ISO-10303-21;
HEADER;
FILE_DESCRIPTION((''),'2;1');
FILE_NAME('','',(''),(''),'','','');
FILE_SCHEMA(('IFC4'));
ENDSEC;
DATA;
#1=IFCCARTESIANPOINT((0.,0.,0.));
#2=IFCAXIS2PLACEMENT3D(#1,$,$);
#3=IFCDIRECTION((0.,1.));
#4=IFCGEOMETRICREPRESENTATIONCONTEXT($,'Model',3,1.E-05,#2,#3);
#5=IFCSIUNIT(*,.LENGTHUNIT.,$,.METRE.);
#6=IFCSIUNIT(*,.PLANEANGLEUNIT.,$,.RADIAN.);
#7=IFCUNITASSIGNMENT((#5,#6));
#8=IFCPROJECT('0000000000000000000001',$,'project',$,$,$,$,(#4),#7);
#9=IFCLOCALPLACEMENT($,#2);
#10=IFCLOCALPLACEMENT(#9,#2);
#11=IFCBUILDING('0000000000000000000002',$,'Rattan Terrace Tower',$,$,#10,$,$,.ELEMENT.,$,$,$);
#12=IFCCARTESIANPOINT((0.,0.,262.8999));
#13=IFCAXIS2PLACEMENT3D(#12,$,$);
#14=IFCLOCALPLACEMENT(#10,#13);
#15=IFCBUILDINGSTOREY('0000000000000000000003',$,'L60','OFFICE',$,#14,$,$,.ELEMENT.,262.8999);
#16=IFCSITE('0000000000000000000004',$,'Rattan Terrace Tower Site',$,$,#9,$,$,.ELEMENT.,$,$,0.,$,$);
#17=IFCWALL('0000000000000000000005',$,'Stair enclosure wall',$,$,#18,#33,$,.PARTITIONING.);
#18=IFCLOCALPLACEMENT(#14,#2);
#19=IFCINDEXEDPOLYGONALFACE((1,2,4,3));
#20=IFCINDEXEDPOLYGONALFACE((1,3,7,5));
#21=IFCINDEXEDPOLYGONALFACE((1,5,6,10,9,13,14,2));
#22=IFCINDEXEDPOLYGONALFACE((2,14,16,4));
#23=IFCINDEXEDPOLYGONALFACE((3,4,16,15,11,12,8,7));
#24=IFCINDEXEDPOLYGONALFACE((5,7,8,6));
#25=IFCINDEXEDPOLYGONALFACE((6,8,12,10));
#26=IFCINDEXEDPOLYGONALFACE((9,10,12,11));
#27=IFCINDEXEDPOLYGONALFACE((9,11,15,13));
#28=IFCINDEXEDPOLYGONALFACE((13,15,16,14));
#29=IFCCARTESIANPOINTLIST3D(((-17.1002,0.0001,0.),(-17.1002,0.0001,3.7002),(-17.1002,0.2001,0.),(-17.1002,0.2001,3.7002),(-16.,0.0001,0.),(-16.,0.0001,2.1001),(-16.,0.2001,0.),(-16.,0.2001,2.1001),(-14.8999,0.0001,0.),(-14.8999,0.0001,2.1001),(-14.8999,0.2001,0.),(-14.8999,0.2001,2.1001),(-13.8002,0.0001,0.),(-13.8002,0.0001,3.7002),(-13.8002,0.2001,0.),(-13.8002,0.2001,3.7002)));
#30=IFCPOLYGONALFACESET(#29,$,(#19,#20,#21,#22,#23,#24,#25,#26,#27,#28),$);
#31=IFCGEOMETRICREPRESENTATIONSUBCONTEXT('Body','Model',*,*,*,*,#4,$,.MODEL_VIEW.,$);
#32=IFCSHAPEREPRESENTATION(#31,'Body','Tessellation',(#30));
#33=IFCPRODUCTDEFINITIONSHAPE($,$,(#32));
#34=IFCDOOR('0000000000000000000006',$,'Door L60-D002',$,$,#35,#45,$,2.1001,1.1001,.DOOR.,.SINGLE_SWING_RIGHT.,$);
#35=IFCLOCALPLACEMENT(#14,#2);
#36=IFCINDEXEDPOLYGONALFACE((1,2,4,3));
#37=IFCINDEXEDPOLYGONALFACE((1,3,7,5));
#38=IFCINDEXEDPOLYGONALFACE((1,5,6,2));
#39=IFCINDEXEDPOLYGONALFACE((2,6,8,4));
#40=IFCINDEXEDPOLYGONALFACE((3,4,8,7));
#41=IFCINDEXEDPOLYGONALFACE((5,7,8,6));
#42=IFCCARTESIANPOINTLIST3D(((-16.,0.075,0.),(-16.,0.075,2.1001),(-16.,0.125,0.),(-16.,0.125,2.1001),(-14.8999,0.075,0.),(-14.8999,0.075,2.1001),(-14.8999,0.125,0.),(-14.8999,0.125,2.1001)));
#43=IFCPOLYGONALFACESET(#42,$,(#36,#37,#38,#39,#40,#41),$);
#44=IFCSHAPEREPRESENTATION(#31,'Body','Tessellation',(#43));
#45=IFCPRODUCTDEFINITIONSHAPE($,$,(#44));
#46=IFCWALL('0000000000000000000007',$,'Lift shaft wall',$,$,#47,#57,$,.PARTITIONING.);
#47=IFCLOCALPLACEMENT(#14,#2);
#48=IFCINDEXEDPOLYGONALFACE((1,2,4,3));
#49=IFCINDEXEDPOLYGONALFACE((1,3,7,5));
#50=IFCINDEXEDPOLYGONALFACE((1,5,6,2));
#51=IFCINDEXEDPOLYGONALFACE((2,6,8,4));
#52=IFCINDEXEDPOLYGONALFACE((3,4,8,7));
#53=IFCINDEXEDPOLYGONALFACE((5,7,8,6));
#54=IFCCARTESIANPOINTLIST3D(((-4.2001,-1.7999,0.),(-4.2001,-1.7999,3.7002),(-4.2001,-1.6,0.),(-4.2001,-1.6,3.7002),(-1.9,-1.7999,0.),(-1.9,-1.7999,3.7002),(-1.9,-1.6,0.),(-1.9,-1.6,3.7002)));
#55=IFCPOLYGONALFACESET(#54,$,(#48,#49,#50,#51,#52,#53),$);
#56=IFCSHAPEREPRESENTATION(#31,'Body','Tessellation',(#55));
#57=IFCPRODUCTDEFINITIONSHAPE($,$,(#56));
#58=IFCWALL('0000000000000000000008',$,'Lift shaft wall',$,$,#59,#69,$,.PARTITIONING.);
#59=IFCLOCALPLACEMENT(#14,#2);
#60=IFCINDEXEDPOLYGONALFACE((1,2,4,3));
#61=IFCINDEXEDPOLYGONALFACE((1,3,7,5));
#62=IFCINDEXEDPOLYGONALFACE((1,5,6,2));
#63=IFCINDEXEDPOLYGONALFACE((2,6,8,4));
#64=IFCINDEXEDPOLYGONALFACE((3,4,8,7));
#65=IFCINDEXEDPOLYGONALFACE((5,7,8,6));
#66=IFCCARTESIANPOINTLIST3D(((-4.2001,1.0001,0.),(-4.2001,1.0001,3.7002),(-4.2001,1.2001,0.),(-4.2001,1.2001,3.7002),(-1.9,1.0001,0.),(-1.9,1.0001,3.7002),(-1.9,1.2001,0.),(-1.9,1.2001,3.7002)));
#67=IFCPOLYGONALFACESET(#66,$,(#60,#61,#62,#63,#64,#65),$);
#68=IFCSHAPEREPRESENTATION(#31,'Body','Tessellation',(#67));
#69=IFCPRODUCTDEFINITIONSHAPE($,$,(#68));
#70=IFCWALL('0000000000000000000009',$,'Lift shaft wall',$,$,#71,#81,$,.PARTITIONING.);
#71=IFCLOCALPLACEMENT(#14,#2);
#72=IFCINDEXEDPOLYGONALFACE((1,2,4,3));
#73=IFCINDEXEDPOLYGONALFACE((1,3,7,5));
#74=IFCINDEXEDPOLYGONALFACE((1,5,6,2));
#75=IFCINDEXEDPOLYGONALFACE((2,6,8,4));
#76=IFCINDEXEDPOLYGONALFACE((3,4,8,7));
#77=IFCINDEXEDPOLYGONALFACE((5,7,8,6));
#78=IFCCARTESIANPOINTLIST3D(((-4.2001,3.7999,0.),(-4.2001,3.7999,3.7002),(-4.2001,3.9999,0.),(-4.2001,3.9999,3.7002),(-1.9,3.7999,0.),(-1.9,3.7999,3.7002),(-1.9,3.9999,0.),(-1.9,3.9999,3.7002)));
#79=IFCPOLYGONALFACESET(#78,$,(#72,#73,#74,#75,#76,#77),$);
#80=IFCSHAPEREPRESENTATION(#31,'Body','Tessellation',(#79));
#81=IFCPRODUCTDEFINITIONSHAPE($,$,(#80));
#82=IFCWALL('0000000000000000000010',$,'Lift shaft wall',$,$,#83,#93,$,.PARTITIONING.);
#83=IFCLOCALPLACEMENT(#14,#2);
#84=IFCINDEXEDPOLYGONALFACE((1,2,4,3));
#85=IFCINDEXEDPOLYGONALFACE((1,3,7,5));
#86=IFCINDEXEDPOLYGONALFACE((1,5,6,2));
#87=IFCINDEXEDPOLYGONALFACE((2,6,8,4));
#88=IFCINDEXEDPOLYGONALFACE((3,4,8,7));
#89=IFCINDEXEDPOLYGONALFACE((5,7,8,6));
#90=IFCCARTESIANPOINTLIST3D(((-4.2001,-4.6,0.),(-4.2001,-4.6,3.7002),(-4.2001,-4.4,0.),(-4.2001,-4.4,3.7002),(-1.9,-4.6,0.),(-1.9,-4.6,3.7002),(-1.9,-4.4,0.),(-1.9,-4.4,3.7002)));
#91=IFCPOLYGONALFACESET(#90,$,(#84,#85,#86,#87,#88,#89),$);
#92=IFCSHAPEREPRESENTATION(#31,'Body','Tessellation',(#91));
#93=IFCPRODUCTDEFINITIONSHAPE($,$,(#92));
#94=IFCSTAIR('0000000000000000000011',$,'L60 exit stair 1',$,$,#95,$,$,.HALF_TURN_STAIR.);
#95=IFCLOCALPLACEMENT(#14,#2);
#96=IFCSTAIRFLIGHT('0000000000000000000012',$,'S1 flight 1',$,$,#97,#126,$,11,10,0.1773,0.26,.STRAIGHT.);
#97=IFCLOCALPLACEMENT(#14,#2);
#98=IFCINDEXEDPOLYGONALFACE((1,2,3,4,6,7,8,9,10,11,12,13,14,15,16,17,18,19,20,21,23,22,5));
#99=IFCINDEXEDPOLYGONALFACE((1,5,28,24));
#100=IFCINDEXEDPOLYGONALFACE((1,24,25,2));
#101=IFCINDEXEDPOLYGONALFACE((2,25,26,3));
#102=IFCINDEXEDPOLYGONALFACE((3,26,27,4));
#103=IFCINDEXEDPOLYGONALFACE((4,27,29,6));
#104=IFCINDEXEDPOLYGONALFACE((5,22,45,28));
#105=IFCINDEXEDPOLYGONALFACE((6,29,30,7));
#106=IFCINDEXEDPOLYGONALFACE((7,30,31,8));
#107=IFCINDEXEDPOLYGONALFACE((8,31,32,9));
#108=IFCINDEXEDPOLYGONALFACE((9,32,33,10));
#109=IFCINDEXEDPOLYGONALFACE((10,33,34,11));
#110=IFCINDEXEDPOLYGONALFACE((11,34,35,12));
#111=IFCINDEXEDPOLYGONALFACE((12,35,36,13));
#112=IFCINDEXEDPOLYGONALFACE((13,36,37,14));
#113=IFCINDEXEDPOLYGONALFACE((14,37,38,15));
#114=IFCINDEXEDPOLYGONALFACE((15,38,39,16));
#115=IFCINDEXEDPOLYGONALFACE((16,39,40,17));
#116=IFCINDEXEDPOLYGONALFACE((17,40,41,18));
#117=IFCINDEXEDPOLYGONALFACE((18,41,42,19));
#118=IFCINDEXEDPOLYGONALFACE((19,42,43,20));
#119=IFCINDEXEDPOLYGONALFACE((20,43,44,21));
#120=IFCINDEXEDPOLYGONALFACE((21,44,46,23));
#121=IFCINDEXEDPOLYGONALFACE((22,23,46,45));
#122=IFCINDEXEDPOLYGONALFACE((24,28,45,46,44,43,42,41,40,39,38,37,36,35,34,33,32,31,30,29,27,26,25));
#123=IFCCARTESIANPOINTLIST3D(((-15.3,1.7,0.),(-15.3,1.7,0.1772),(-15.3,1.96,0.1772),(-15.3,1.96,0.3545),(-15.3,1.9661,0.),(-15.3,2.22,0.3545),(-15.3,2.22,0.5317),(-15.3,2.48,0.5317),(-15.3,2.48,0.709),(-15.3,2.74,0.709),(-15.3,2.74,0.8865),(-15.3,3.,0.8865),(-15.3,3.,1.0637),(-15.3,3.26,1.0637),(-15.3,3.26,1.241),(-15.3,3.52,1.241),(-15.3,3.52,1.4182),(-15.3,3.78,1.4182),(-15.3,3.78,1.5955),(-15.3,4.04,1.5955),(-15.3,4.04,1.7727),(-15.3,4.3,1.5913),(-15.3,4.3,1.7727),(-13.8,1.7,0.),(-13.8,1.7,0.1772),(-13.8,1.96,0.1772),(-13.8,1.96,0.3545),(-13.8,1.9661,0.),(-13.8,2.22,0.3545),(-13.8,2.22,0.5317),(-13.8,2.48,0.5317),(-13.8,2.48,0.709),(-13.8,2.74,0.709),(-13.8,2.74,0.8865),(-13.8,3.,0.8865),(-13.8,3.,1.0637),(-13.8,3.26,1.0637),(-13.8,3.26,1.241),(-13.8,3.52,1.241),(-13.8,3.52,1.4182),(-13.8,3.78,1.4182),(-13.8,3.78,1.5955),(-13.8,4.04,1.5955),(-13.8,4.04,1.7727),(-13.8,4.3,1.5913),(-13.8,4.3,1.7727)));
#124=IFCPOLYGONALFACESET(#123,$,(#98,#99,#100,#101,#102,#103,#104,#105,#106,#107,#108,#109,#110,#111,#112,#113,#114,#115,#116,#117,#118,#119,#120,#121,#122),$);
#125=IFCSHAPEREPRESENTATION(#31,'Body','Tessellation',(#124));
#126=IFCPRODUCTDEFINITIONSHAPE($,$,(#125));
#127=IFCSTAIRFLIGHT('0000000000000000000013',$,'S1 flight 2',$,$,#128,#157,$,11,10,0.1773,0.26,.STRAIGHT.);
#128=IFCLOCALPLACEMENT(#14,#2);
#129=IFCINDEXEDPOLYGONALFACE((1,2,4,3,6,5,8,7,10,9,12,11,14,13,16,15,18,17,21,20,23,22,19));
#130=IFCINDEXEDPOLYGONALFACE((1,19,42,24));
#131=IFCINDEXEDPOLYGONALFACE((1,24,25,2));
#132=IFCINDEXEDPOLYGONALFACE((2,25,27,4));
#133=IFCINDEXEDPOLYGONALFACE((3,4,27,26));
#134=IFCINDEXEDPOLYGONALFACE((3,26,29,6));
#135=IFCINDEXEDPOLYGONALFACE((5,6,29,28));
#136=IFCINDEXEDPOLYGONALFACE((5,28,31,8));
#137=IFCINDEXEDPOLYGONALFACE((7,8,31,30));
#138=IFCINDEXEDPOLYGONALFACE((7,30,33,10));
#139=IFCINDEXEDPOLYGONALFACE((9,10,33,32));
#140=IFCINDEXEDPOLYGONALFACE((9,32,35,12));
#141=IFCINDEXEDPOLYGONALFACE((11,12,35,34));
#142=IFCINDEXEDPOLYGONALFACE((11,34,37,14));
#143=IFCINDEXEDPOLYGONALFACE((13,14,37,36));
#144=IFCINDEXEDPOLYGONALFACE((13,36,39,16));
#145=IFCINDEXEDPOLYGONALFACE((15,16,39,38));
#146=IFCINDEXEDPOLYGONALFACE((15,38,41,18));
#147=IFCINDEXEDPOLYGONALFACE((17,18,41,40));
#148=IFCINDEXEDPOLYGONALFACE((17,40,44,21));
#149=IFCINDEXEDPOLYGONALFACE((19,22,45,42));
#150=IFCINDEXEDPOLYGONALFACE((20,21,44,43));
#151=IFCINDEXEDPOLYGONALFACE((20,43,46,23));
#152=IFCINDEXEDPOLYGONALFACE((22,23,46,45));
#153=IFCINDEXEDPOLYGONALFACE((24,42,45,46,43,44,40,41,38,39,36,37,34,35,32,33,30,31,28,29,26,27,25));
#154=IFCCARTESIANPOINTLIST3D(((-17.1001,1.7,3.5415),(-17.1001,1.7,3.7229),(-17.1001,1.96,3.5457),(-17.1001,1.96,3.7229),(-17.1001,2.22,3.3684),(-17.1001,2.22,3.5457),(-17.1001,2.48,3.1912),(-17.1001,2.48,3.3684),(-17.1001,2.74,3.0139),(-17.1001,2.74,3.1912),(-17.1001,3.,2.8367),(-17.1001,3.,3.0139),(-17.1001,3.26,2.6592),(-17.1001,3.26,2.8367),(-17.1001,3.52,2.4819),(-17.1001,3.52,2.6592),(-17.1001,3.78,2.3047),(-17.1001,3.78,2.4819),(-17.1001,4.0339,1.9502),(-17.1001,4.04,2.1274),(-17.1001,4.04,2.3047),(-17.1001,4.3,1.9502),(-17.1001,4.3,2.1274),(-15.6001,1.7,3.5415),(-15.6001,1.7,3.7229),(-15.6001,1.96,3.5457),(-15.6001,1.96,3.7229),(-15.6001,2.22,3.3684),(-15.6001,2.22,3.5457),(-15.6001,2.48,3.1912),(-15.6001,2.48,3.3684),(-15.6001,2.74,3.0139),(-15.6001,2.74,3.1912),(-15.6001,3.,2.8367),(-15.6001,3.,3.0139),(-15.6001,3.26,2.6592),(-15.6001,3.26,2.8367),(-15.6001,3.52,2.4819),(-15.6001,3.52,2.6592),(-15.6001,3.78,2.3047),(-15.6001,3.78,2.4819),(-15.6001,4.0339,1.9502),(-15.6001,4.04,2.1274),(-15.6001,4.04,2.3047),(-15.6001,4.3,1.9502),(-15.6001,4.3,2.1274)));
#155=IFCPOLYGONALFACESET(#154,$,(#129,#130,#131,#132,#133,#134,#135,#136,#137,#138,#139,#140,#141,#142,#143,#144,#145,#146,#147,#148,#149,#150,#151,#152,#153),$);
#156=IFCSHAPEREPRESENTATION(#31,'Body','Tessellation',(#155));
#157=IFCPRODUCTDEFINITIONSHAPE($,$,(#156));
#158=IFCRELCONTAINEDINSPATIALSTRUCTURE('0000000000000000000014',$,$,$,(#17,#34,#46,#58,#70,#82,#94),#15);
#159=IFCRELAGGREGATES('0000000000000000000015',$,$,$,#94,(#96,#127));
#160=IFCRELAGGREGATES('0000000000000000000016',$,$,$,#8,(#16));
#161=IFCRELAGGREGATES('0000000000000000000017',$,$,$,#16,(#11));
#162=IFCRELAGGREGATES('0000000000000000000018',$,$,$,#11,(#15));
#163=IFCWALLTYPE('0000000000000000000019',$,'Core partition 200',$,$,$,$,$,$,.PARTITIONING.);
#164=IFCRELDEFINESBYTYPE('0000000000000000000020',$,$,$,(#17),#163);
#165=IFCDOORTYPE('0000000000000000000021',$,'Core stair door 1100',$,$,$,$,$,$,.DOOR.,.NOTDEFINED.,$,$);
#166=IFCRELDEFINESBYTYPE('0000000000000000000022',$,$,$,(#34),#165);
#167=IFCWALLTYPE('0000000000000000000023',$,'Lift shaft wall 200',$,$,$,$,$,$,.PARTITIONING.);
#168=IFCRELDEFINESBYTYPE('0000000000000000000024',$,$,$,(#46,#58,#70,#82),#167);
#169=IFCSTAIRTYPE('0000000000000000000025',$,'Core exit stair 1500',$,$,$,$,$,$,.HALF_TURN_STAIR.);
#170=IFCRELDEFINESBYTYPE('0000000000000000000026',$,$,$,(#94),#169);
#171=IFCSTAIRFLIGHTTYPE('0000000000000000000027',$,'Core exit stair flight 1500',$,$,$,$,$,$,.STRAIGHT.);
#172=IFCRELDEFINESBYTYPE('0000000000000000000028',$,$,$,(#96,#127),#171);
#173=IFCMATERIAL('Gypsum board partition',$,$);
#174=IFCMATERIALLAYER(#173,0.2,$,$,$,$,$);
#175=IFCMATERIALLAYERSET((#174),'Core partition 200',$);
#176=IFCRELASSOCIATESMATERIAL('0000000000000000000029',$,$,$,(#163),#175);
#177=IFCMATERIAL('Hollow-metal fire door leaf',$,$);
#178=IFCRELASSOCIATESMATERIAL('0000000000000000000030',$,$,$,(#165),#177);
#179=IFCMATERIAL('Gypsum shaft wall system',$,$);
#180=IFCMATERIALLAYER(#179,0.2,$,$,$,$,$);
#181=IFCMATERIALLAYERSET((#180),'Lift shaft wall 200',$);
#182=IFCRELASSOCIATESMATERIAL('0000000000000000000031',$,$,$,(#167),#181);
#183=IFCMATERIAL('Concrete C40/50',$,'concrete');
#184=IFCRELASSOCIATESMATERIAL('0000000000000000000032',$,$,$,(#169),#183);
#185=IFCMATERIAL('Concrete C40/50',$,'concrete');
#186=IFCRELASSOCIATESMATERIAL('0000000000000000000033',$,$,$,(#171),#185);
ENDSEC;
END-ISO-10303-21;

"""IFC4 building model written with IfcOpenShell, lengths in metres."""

from ifc_helpers import new_model, si_unit, direction, frame, frame_2d, origin, place, context, subcontext, project, spatial, polyline, rectangle, outline, extrude, material, layer, layer_set, type_object, element, fill, aggregate, save


model = new_model("IFC4")

# Units and contexts
model_context = context("Model", 3, precision=1e-05, world=origin(), true_north=direction((0.0, 1.0)))
body_context = subcontext(model_context, "Body", "Model", "MODEL_VIEW")
ifc_project = project(units=[si_unit("LENGTHUNIT", "METRE"), si_unit("PLANEANGLEUNIT", "RADIAN")], contexts=[model_context])

# Site, building, storey
site_placement = place(None, origin())
site = spatial("IfcSite", under=ifc_project, at=site_placement, Name="Rattan Terrace Tower Site", CompositionType="ELEMENT", RefElevation=0.0)
building_placement = place(site_placement, origin())
building = spatial("IfcBuilding", under=site, at=building_placement, Name="Rattan Terrace Tower", CompositionType="ELEMENT")
storey_placement = place(building_placement, frame((0.0, 0.0, 262.8999)))
storey = spatial("IfcBuildingStorey", under=building, at=storey_placement, Name="L60", Description="OFFICE", CompositionType="ELEMENT", Elevation=262.8999)

# Wall, opening, door
ifc_material_1 = material(Name="Gypsum board partition")
ifc_layer_1 = layer(ifc_material_1, 0.2)
ifc_layer_set_1 = layer_set([ifc_layer_1], Name="Core partition 200")
wall_type_1 = type_object("IfcWallType", Name="Core partition 200", PredefinedType="PARTITIONING", material=ifc_layer_set_1)
wall_placement = place(storey_placement, frame((-17.1001, 0.1001, 0.0), z_axis=(0.0, 0.0, 1.0), x_axis=(1.0, 0.0, 0.0)))
wall = element("IfcWall", 1, at=wall_placement, inside=storey, type_object=wall_type_1, Name="Stair enclosure wall", PredefinedType="PARTITIONING", context=body_context, shape_type="SweptSolid", body=[
    extrude(rectangle(XDim=3.3, YDim=0.2, at=frame_2d((1.6499, 0.0))), origin(), (0.0, 0.0, 1.0), 3.7002),
])
opening_placement = place(wall_placement, frame((1.1001, 0.0, 0.0)))
opening = element("IfcOpeningElement", 2, at=opening_placement, cuts=wall, PredefinedType="OPENING", context=body_context, shape_type="SweptSolid", body=[
    extrude(rectangle(XDim=1.1001, YDim=2.1001, at=frame_2d((0.55, 1.05))), frame((0.0, 0.1106, 0.0), z_axis=(0.0, -1.0, 0.0), x_axis=(1.0, 0.0, 0.0)), (0.0, 0.0, 1.0), 0.2209),
])
ifc_material_2 = material(Name="Hollow-metal fire door leaf")
door_type = type_object("IfcDoorType", Name="Core stair door 1100", OperationType="NOTDEFINED", PredefinedType="DOOR", material=ifc_material_2)
door_placement = place(opening_placement, origin())
door = element("IfcDoor", 3, at=door_placement, inside=storey, type_object=door_type, Name="Door L60-D002", OperationType="SINGLE_SWING_RIGHT", OverallHeight=2.1001, OverallWidth=1.1001, PredefinedType="DOOR", context=body_context, shape_type="SweptSolid", body=[
    extrude(rectangle(XDim=1.1001, YDim=2.1001, at=frame_2d((0.55, 1.05))), frame((0.0, 0.0249, 0.0), z_axis=(0.0, -1.0, 0.0), x_axis=(1.0, 0.0, 0.0)), (0.0, 0.0, 1.0), 0.05),
])
fill(opening, door)

# Walls
ifc_material_3 = material(Name="Gypsum shaft wall system")
ifc_layer_2 = layer(ifc_material_3, 0.2)
ifc_layer_set_2 = layer_set([ifc_layer_2], Name="Lift shaft wall 200")
wall_type_2 = type_object("IfcWallType", Name="Lift shaft wall 200", PredefinedType="PARTITIONING", material=ifc_layer_set_2)
for number, where, z_axis, x_axis, name in (
    (4, (-4.2, -1.7, 0.0), (0.0, 0.0, 1.0), (1.0, 0.0, 0.0), "Lift shaft wall"),
    (5, (-4.2, 1.1001, 0.0), (0.0, 0.0, 1.0), (1.0, 0.0, 0.0), "Lift shaft wall"),
    (6, (-4.2, 3.8999, 0.0), (0.0, 0.0, 1.0), (1.0, 0.0, 0.0), "Lift shaft wall"),
    (7, (-4.2, -4.5, 0.0), (0.0, 0.0, 1.0), (1.0, 0.0, 0.0), "Lift shaft wall"),
):
    element("IfcWall", number, at=place(storey_placement, frame(where, z_axis=z_axis, x_axis=x_axis)), inside=storey, type_object=wall_type_2, Name=name, PredefinedType="PARTITIONING", context=body_context, shape_type="SweptSolid", body=[
        extrude(rectangle(XDim=2.3, YDim=0.2, at=frame_2d((1.1499, 0.0))), origin(), (0.0, 0.0, 1.0), 3.7002),
    ])

# Stair, stair flights
ifc_material_4 = material(Name="Concrete C40/50", Category="concrete")
stair_type = type_object("IfcStairType", Name="Core exit stair 1500", PredefinedType="HALF_TURN_STAIR", material=ifc_material_4)
stair_placement = place(storey_placement, origin())
stair = element("IfcStair", 8, at=stair_placement, inside=storey, type_object=stair_type, Name="L60 exit stair 1", PredefinedType="HALF_TURN_STAIR")
ifc_material_5 = material(Name="Concrete C40/50", Category="concrete")
stair_flight_type = type_object("IfcStairFlightType", Name="Core exit stair flight 1500", PredefinedType="STRAIGHT", material=ifc_material_5)
stair_flight_1_placement = place(storey_placement, frame((-14.55, 1.7, 0.0), z_axis=(0.0, 0.0, 1.0), x_axis=(0.0, 1.0, 0.0)))
stair_flight_1 = element("IfcStairFlight", 9, at=stair_flight_1_placement, type_object=stair_flight_type, Name="S1 flight 1", NumberOfRisers=11, NumberOfTreads=10, PredefinedType="STRAIGHT", RiserHeight=0.1773, TreadLength=0.26, context=body_context, shape_type="SweptSolid", body=[
    extrude(outline(polyline([(0.0, 0.0), (0.0, 0.1772), (0.26, 0.1772), (0.26, 0.3545), (0.52, 0.3545), (0.52, 0.5317), (0.78, 0.5317), (0.78, 0.709), (1.04, 0.709), (1.04, 0.8865), (1.3, 0.8865), (1.3, 1.0637), (1.5601, 1.0637), (1.5601, 1.241), (1.8201, 1.241), (1.8201, 1.4182), (2.0801, 1.4182), (2.0801, 1.5955), (2.3401, 1.5955), (2.3401, 1.7727), (2.6001, 1.7727), (2.6001, 1.95), (2.6001, 1.5913), (0.2661, 0.0), (0.0, 0.0)])), frame((0.0, 0.75, 0.0), z_axis=(0.0, -1.0, 0.0), x_axis=(1.0, 0.0, 0.0)), (0.0, 0.0, 1.0), 1.5),
])
stair_flight_2_placement = place(storey_placement, frame((-16.3501, 4.3, 1.9502), z_axis=(0.0, 0.0, 1.0), x_axis=(0.0, -1.0, 0.0)))
stair_flight_2 = element("IfcStairFlight", 10, at=stair_flight_2_placement, type_object=stair_flight_type, Name="S1 flight 2", NumberOfRisers=11, NumberOfTreads=10, PredefinedType="STRAIGHT", RiserHeight=0.1773, TreadLength=0.26, context=body_context, shape_type="SweptSolid", body=[
    extrude(outline(polyline([(0.0, 0.0), (0.0, 0.1772), (0.26, 0.1772), (0.26, 0.3545), (0.52, 0.3545), (0.52, 0.5317), (0.78, 0.5317), (0.78, 0.709), (1.04, 0.709), (1.04, 0.8865), (1.3, 0.8865), (1.3, 1.0637), (1.5601, 1.0637), (1.5601, 1.241), (1.8201, 1.241), (1.8201, 1.4182), (2.0801, 1.4182), (2.0801, 1.5955), (2.3401, 1.5955), (2.3401, 1.7727), (2.6001, 1.7727), (2.6001, 1.95), (2.6001, 1.5913), (0.2661, 0.0), (0.0, 0.0)])), frame((0.0, 0.75, 0.0), z_axis=(0.0, -1.0, 0.0), x_axis=(1.0, 0.0, 0.0)), (0.0, 0.0, 1.0), 1.5),
])
aggregate(stair, [stair_flight_1, stair_flight_2])

save(model, "model.ifc")
